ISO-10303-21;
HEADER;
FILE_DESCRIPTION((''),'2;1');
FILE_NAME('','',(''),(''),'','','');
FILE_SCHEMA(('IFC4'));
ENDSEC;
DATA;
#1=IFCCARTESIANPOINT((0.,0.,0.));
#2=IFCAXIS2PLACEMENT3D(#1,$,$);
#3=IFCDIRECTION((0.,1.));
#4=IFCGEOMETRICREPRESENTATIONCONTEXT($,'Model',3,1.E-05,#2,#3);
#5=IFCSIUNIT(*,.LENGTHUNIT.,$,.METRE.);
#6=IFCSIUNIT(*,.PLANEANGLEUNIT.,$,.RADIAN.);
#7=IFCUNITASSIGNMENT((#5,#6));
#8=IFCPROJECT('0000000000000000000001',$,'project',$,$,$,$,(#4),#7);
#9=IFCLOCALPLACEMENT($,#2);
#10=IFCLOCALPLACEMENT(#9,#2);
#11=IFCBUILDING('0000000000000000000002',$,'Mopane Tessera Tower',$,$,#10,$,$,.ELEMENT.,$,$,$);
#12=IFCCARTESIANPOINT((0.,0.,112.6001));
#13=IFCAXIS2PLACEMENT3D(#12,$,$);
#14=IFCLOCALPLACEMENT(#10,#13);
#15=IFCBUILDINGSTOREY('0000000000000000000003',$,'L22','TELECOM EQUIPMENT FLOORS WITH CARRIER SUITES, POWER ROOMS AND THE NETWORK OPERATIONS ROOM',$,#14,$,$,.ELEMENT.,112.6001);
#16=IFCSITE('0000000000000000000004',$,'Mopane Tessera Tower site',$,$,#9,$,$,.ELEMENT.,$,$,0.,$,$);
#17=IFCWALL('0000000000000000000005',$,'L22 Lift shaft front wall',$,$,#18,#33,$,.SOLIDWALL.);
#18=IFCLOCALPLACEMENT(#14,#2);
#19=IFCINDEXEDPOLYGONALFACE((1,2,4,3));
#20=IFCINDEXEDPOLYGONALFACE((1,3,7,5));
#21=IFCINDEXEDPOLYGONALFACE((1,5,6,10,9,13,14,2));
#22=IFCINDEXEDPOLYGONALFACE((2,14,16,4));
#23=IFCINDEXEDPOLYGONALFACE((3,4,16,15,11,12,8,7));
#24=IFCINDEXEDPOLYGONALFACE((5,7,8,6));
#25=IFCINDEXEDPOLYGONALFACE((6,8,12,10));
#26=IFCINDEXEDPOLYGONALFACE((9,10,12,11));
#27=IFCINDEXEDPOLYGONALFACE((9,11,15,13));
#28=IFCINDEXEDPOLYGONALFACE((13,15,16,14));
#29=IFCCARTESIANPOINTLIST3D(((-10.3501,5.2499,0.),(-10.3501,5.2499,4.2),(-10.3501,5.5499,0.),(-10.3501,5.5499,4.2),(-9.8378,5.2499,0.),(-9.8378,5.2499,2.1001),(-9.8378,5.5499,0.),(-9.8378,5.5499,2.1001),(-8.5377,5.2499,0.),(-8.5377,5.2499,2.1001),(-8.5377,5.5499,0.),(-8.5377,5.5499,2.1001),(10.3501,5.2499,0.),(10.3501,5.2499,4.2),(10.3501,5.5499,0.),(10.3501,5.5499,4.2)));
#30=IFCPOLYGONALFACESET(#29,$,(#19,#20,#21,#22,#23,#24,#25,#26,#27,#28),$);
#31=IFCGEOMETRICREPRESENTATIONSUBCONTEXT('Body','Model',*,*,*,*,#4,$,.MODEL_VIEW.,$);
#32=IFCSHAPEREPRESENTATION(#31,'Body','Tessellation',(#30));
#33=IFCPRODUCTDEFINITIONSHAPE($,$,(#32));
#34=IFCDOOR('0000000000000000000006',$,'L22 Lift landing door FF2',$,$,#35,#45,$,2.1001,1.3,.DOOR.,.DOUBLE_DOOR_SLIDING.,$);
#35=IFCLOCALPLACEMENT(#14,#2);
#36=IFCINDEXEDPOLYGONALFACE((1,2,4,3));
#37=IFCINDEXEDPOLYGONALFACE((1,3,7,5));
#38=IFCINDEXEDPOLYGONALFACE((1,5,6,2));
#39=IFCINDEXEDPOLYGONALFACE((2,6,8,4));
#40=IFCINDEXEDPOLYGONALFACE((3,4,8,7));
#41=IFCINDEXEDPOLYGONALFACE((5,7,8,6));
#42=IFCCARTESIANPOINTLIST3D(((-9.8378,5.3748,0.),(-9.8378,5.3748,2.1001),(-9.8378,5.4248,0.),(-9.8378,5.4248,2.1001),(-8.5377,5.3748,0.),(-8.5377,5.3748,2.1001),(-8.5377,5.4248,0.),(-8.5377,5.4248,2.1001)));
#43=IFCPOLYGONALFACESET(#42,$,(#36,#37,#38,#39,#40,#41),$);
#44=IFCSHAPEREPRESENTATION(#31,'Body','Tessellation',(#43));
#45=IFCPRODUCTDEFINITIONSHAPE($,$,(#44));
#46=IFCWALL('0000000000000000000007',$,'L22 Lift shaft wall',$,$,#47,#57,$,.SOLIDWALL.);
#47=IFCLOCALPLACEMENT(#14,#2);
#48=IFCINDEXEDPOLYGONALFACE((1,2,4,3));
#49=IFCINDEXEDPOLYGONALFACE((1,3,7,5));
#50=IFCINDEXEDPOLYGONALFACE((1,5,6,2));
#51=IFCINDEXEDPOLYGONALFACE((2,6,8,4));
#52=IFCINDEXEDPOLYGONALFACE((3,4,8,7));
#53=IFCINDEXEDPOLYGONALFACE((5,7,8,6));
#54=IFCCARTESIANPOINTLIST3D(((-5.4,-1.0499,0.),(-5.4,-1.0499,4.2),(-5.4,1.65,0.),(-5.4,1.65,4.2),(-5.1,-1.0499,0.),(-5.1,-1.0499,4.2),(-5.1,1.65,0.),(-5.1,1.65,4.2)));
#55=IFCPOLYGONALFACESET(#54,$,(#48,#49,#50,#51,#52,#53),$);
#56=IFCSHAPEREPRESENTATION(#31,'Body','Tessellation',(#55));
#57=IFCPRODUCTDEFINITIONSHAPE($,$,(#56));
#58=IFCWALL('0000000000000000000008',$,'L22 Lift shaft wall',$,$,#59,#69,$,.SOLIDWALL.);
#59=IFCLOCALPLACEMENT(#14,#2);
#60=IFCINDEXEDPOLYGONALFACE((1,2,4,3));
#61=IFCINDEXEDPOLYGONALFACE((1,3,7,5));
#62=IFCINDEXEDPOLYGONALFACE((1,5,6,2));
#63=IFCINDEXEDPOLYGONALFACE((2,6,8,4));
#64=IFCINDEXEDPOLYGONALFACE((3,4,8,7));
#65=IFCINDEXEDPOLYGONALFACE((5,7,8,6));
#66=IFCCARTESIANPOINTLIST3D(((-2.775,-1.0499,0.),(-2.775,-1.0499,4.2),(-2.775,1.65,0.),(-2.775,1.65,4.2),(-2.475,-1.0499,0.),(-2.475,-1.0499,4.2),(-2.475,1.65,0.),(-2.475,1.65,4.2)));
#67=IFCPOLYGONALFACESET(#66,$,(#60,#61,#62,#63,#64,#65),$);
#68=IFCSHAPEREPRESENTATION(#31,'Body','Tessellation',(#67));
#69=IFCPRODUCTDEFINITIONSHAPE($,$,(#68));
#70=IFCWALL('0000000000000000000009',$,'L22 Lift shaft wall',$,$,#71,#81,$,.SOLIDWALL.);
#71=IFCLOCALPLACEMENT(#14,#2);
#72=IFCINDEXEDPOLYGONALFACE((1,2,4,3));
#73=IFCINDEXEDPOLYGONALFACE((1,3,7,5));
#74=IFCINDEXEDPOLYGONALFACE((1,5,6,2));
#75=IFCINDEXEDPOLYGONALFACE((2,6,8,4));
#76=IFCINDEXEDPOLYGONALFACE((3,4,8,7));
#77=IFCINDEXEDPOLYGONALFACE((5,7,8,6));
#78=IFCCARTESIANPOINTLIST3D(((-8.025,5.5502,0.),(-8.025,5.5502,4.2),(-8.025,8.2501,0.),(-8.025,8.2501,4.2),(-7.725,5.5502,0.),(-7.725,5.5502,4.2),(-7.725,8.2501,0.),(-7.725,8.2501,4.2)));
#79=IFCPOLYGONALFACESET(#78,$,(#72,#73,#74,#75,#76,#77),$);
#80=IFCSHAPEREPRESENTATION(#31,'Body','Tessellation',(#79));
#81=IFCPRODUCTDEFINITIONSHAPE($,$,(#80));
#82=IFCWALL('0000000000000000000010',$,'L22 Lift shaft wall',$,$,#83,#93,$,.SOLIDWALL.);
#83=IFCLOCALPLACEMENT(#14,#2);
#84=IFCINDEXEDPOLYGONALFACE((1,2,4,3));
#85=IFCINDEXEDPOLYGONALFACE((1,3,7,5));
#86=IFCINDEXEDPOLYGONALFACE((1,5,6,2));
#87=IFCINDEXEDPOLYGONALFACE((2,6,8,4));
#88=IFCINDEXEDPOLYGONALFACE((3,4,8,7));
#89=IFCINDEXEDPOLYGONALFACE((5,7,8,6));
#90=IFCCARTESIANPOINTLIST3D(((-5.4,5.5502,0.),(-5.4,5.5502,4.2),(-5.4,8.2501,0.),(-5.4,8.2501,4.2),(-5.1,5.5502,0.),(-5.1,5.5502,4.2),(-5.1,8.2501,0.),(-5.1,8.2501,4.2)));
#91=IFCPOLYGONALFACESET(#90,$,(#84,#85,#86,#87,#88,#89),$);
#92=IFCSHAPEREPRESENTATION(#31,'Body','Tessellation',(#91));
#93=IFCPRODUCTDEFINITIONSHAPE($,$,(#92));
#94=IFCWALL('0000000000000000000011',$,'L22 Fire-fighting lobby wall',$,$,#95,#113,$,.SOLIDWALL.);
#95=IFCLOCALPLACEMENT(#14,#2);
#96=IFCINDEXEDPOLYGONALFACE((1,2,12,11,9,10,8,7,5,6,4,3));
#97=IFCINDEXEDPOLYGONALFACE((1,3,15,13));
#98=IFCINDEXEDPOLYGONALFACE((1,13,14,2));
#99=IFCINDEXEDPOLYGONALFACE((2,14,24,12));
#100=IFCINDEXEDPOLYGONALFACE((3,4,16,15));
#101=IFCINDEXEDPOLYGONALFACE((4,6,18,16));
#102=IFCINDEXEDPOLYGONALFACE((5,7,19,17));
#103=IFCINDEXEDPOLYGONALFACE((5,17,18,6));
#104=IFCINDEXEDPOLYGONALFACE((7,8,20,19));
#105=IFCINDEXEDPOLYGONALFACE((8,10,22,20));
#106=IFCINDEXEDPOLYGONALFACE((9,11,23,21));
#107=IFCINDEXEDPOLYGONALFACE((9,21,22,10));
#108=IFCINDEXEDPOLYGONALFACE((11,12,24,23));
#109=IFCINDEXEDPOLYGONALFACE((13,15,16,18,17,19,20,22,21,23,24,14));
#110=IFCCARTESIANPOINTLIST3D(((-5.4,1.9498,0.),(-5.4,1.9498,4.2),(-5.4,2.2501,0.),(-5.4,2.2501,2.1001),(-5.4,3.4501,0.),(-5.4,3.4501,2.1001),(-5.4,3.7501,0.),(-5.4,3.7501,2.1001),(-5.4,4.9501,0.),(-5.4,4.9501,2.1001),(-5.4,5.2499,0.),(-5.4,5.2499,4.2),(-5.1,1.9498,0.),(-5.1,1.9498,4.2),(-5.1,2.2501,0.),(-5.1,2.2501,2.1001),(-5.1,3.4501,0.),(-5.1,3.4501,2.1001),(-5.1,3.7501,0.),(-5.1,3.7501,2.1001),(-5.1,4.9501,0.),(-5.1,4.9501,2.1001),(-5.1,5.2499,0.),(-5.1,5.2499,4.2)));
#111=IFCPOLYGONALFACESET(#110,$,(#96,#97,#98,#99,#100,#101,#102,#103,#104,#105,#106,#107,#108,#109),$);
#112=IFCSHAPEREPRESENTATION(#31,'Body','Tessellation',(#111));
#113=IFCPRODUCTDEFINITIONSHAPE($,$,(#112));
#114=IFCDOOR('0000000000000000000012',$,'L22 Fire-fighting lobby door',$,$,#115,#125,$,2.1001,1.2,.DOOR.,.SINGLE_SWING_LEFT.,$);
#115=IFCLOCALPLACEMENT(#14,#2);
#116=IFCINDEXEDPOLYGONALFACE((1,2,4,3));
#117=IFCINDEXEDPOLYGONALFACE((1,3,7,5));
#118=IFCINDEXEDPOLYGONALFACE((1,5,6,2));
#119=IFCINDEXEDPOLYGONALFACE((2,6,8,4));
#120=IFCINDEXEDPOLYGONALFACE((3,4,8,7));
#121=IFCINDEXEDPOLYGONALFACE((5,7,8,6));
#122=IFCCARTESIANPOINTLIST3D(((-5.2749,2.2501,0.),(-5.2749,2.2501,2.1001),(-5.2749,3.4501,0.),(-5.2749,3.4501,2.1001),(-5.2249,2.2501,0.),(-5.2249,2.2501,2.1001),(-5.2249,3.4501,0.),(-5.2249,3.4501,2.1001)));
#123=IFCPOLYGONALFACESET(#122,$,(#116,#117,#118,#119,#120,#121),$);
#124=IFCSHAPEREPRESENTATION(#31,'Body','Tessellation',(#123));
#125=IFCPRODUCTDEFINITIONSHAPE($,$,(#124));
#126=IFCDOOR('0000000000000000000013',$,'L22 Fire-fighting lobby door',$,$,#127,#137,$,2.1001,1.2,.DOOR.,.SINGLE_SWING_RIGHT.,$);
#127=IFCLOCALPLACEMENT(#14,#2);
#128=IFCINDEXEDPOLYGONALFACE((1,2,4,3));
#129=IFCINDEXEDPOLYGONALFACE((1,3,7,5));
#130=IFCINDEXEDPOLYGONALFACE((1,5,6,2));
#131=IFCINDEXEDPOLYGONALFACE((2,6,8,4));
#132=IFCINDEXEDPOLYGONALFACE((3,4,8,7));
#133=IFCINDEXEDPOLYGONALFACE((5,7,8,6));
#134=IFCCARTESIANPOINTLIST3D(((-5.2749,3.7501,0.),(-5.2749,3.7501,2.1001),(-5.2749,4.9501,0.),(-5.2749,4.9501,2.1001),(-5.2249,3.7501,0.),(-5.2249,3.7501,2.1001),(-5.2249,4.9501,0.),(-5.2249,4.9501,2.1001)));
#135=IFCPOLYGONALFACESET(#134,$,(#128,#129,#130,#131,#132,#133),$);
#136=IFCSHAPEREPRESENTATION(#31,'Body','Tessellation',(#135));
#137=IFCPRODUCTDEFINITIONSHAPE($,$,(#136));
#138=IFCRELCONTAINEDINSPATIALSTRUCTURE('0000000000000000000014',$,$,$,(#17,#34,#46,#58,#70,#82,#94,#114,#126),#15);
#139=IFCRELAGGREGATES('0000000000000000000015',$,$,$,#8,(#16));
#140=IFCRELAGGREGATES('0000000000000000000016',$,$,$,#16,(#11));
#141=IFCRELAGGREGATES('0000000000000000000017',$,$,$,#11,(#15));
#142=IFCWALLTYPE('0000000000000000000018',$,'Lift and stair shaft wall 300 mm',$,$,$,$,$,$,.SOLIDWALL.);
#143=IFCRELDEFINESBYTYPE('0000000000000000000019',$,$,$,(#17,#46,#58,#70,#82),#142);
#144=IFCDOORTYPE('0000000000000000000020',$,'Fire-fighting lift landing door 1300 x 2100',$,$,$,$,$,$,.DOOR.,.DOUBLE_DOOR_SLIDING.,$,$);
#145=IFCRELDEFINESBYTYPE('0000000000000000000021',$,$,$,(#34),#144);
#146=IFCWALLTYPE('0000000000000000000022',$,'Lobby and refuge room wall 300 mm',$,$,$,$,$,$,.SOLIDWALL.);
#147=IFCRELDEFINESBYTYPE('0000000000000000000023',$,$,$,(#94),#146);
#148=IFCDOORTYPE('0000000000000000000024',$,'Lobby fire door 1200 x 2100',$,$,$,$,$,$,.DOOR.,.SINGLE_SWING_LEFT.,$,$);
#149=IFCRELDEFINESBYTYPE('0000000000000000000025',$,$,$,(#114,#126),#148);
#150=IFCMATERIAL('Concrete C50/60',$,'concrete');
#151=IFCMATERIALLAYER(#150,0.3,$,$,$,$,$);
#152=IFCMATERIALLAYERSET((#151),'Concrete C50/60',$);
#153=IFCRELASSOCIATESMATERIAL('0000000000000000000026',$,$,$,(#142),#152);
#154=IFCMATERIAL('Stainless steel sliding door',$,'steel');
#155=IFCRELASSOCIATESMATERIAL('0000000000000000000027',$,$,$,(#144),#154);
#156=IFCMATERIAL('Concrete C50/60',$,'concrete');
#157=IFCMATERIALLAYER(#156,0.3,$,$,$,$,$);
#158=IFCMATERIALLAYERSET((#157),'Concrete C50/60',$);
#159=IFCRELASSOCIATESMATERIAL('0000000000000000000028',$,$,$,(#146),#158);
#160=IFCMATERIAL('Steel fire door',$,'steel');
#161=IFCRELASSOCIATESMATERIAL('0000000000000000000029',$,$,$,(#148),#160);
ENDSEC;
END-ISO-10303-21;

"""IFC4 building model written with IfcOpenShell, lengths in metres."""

from ifc_helpers import new_model, si_unit, direction, frame, frame_2d, origin, place, context, subcontext, project, spatial, rectangle, extrude, material, layer, layer_set, type_object, element, fill, save


model = new_model("IFC4")

# Units and contexts
model_context = context("Model", 3, precision=1e-05, world=origin(), true_north=direction((0.0, 1.0)))
body_context = subcontext(model_context, "Body", "Model", "MODEL_VIEW")
ifc_project = project(units=[si_unit("LENGTHUNIT", "METRE"), si_unit("PLANEANGLEUNIT", "RADIAN")], contexts=[model_context])

# Site, building, storey
site_placement = place(None, origin())
site = spatial("IfcSite", under=ifc_project, at=site_placement, Name="Mopane Tessera Tower site", CompositionType="ELEMENT", RefElevation=0.0)
building_placement = place(site_placement, origin())
building = spatial("IfcBuilding", under=site, at=building_placement, Name="Mopane Tessera Tower", CompositionType="ELEMENT")
storey_placement = place(building_placement, frame((0.0, 0.0, 112.6001)))
storey = spatial("IfcBuildingStorey", under=building, at=storey_placement, Name="L22", Description="TELECOM EQUIPMENT FLOORS WITH CARRIER SUITES, POWER ROOMS AND THE NETWORK OPERATIONS ROOM", CompositionType="ELEMENT", Elevation=112.6001)

# Shared definitions
ifc_material_1 = material(Name="Concrete C50/60", Category="concrete")
ifc_layer_1 = layer(ifc_material_1, 0.3)
ifc_layer_set_1 = layer_set([ifc_layer_1], Name="Concrete C50/60")
wall_type_1 = type_object("IfcWallType", Name="Lift and stair shaft wall 300 mm", PredefinedType="SOLIDWALL", material=ifc_layer_set_1)

# Shared definitions
ifc_material_2 = material(Name="Stainless steel sliding door", Category="steel")
door_type_1 = type_object("IfcDoorType", Name="Fire-fighting lift landing door 1300 x 2100", OperationType="DOUBLE_DOOR_SLIDING", PredefinedType="DOOR", material=ifc_material_2)

# Wall, opening, door
wall_1_placement = place(storey_placement, frame((-10.3501, 5.3999, 0.0), z_axis=(0.0, 0.0, 1.0), x_axis=(1.0, 0.0, 0.0)))
wall_1 = element("IfcWall", 1, at=wall_1_placement, inside=storey, type_object=wall_type_1, Name="L22 Lift shaft front wall", PredefinedType="SOLIDWALL", context=body_context, shape_type="SweptSolid", body=[
    extrude(rectangle(XDim=20.7002, YDim=0.3, at=frame_2d((10.3501, 0.0))), origin(), (0.0, 0.0, 1.0), 4.2),
])
opening_1_placement = place(wall_1_placement, frame((0.5125, 0.0, 0.0)))
opening_1 = element("IfcOpeningElement", 2, at=opening_1_placement, cuts=wall_1, PredefinedType="OPENING", context=body_context, shape_type="SweptSolid", body=[
    extrude(rectangle(XDim=1.3, YDim=2.1001, at=frame_2d((0.6499, 1.05))), frame((0.0, 0.1621, 0.0), z_axis=(0.0, -1.0, 0.0), x_axis=(1.0, 0.0, 0.0)), (0.0, 0.0, 1.0), 0.324),
])
door_1_placement = place(opening_1_placement, origin())
door_1 = element("IfcDoor", 3, at=door_1_placement, inside=storey, type_object=door_type_1, Name="L22 Lift landing door FF2", OperationType="DOUBLE_DOOR_SLIDING", OverallHeight=2.1001, OverallWidth=1.3, PredefinedType="DOOR", context=body_context, shape_type="SweptSolid", body=[
    extrude(rectangle(XDim=1.3, YDim=2.1001, at=frame_2d((0.6499, 1.05))), frame((0.0, 0.0249, 0.0), z_axis=(0.0, -1.0, 0.0), x_axis=(1.0, 0.0, 0.0)), (0.0, 0.0, 1.0), 0.05),
])
fill(opening_1, door_1)

# Walls
for number, where, z_axis, x_axis, name in (
    (4, (-5.25, -1.05, 0.0), (0.0, 0.0, 1.0), (0.0, 1.0, 0.0), "L22 Lift shaft wall"),
    (5, (-2.625, -1.05, 0.0), (0.0, 0.0, 1.0), (0.0, 1.0, 0.0), "L22 Lift shaft wall"),
    (6, (-7.875, 5.55, 0.0), (0.0, 0.0, 1.0), (0.0, 1.0, 0.0), "L22 Lift shaft wall"),
    (7, (-5.25, 5.55, 0.0), (0.0, 0.0, 1.0), (0.0, 1.0, 0.0), "L22 Lift shaft wall"),
):
    element("IfcWall", number, at=place(storey_placement, frame(where, z_axis=z_axis, x_axis=x_axis)), inside=storey, type_object=wall_type_1, Name=name, PredefinedType="SOLIDWALL", context=body_context, shape_type="SweptSolid", body=[
        extrude(rectangle(XDim=2.7, YDim=0.3, at=frame_2d((1.3501, 0.0))), origin(), (0.0, 0.0, 1.0), 4.2),
    ])

# Wall, openings, doors
ifc_material_3 = material(Name="Concrete C50/60", Category="concrete")
ifc_layer_2 = layer(ifc_material_3, 0.3)
ifc_layer_set_2 = layer_set([ifc_layer_2], Name="Concrete C50/60")
wall_type_2 = type_object("IfcWallType", Name="Lobby and refuge room wall 300 mm", PredefinedType="SOLIDWALL", material=ifc_layer_set_2)
wall_2_placement = place(storey_placement, frame((-5.25, 1.95, 0.0), z_axis=(0.0, 0.0, 1.0), x_axis=(0.0, 1.0, 0.0)))
wall_2 = element("IfcWall", 8, at=wall_2_placement, inside=storey, type_object=wall_type_2, Name="L22 Fire-fighting lobby wall", PredefinedType="SOLIDWALL", context=body_context, shape_type="SweptSolid", body=[
    extrude(rectangle(XDim=3.3, YDim=0.3, at=frame_2d((1.6499, 0.0))), origin(), (0.0, 0.0, 1.0), 4.2),
])
opening_2_placement = place(wall_2_placement, frame((0.3, 0.0, 0.0)))
opening_2 = element("IfcOpeningElement", 9, at=opening_2_placement, cuts=wall_2, PredefinedType="OPENING", context=body_context, shape_type="SweptSolid", body=[
    extrude(rectangle(XDim=1.2, YDim=2.1001, at=frame_2d((0.6001, 1.05))), frame((0.0, 0.1621, 0.0), z_axis=(0.0, -1.0, 0.0), x_axis=(1.0, 0.0, 0.0)), (0.0, 0.0, 1.0), 0.324),
])
opening_3_placement = place(wall_2_placement, frame((1.8, 0.0, 0.0)))
opening_3 = element("IfcOpeningElement", 10, at=opening_3_placement, cuts=wall_2, PredefinedType="OPENING", context=body_context, shape_type="SweptSolid", body=[
    extrude(rectangle(XDim=1.2, YDim=2.1001, at=frame_2d((0.6001, 1.05))), frame((0.0, 0.1621, 0.0), z_axis=(0.0, -1.0, 0.0), x_axis=(1.0, 0.0, 0.0)), (0.0, 0.0, 1.0), 0.324),
])
ifc_material_4 = material(Name="Steel fire door", Category="steel")
door_type_2 = type_object("IfcDoorType", Name="Lobby fire door 1200 x 2100", OperationType="SINGLE_SWING_LEFT", PredefinedType="DOOR", material=ifc_material_4)
door_2_placement = place(opening_2_placement, origin())
door_2 = element("IfcDoor", 11, at=door_2_placement, inside=storey, type_object=door_type_2, Name="L22 Fire-fighting lobby door", OperationType="SINGLE_SWING_LEFT", OverallHeight=2.1001, OverallWidth=1.2, PredefinedType="DOOR", context=body_context, shape_type="SweptSolid", body=[
    extrude(rectangle(XDim=1.2, YDim=2.1001, at=frame_2d((0.6001, 1.05))), frame((0.0, 0.0249, 0.0), z_axis=(0.0, -1.0, 0.0), x_axis=(1.0, 0.0, 0.0)), (0.0, 0.0, 1.0), 0.05),
])
fill(opening_2, door_2)
door_3_placement = place(opening_3_placement, origin())
door_3 = element("IfcDoor", 12, at=door_3_placement, inside=storey, type_object=door_type_2, Name="L22 Fire-fighting lobby door", OperationType="SINGLE_SWING_RIGHT", OverallHeight=2.1001, OverallWidth=1.2, PredefinedType="DOOR", context=body_context, shape_type="SweptSolid", body=[
    extrude(rectangle(XDim=1.2, YDim=2.1001, at=frame_2d((0.6001, 1.05))), frame((0.0, 0.0249, 0.0), z_axis=(0.0, -1.0, 0.0), x_axis=(1.0, 0.0, 0.0)), (0.0, 0.0, 1.0), 0.05),
])
fill(opening_3, door_3)

save(model, "model.ifc")
